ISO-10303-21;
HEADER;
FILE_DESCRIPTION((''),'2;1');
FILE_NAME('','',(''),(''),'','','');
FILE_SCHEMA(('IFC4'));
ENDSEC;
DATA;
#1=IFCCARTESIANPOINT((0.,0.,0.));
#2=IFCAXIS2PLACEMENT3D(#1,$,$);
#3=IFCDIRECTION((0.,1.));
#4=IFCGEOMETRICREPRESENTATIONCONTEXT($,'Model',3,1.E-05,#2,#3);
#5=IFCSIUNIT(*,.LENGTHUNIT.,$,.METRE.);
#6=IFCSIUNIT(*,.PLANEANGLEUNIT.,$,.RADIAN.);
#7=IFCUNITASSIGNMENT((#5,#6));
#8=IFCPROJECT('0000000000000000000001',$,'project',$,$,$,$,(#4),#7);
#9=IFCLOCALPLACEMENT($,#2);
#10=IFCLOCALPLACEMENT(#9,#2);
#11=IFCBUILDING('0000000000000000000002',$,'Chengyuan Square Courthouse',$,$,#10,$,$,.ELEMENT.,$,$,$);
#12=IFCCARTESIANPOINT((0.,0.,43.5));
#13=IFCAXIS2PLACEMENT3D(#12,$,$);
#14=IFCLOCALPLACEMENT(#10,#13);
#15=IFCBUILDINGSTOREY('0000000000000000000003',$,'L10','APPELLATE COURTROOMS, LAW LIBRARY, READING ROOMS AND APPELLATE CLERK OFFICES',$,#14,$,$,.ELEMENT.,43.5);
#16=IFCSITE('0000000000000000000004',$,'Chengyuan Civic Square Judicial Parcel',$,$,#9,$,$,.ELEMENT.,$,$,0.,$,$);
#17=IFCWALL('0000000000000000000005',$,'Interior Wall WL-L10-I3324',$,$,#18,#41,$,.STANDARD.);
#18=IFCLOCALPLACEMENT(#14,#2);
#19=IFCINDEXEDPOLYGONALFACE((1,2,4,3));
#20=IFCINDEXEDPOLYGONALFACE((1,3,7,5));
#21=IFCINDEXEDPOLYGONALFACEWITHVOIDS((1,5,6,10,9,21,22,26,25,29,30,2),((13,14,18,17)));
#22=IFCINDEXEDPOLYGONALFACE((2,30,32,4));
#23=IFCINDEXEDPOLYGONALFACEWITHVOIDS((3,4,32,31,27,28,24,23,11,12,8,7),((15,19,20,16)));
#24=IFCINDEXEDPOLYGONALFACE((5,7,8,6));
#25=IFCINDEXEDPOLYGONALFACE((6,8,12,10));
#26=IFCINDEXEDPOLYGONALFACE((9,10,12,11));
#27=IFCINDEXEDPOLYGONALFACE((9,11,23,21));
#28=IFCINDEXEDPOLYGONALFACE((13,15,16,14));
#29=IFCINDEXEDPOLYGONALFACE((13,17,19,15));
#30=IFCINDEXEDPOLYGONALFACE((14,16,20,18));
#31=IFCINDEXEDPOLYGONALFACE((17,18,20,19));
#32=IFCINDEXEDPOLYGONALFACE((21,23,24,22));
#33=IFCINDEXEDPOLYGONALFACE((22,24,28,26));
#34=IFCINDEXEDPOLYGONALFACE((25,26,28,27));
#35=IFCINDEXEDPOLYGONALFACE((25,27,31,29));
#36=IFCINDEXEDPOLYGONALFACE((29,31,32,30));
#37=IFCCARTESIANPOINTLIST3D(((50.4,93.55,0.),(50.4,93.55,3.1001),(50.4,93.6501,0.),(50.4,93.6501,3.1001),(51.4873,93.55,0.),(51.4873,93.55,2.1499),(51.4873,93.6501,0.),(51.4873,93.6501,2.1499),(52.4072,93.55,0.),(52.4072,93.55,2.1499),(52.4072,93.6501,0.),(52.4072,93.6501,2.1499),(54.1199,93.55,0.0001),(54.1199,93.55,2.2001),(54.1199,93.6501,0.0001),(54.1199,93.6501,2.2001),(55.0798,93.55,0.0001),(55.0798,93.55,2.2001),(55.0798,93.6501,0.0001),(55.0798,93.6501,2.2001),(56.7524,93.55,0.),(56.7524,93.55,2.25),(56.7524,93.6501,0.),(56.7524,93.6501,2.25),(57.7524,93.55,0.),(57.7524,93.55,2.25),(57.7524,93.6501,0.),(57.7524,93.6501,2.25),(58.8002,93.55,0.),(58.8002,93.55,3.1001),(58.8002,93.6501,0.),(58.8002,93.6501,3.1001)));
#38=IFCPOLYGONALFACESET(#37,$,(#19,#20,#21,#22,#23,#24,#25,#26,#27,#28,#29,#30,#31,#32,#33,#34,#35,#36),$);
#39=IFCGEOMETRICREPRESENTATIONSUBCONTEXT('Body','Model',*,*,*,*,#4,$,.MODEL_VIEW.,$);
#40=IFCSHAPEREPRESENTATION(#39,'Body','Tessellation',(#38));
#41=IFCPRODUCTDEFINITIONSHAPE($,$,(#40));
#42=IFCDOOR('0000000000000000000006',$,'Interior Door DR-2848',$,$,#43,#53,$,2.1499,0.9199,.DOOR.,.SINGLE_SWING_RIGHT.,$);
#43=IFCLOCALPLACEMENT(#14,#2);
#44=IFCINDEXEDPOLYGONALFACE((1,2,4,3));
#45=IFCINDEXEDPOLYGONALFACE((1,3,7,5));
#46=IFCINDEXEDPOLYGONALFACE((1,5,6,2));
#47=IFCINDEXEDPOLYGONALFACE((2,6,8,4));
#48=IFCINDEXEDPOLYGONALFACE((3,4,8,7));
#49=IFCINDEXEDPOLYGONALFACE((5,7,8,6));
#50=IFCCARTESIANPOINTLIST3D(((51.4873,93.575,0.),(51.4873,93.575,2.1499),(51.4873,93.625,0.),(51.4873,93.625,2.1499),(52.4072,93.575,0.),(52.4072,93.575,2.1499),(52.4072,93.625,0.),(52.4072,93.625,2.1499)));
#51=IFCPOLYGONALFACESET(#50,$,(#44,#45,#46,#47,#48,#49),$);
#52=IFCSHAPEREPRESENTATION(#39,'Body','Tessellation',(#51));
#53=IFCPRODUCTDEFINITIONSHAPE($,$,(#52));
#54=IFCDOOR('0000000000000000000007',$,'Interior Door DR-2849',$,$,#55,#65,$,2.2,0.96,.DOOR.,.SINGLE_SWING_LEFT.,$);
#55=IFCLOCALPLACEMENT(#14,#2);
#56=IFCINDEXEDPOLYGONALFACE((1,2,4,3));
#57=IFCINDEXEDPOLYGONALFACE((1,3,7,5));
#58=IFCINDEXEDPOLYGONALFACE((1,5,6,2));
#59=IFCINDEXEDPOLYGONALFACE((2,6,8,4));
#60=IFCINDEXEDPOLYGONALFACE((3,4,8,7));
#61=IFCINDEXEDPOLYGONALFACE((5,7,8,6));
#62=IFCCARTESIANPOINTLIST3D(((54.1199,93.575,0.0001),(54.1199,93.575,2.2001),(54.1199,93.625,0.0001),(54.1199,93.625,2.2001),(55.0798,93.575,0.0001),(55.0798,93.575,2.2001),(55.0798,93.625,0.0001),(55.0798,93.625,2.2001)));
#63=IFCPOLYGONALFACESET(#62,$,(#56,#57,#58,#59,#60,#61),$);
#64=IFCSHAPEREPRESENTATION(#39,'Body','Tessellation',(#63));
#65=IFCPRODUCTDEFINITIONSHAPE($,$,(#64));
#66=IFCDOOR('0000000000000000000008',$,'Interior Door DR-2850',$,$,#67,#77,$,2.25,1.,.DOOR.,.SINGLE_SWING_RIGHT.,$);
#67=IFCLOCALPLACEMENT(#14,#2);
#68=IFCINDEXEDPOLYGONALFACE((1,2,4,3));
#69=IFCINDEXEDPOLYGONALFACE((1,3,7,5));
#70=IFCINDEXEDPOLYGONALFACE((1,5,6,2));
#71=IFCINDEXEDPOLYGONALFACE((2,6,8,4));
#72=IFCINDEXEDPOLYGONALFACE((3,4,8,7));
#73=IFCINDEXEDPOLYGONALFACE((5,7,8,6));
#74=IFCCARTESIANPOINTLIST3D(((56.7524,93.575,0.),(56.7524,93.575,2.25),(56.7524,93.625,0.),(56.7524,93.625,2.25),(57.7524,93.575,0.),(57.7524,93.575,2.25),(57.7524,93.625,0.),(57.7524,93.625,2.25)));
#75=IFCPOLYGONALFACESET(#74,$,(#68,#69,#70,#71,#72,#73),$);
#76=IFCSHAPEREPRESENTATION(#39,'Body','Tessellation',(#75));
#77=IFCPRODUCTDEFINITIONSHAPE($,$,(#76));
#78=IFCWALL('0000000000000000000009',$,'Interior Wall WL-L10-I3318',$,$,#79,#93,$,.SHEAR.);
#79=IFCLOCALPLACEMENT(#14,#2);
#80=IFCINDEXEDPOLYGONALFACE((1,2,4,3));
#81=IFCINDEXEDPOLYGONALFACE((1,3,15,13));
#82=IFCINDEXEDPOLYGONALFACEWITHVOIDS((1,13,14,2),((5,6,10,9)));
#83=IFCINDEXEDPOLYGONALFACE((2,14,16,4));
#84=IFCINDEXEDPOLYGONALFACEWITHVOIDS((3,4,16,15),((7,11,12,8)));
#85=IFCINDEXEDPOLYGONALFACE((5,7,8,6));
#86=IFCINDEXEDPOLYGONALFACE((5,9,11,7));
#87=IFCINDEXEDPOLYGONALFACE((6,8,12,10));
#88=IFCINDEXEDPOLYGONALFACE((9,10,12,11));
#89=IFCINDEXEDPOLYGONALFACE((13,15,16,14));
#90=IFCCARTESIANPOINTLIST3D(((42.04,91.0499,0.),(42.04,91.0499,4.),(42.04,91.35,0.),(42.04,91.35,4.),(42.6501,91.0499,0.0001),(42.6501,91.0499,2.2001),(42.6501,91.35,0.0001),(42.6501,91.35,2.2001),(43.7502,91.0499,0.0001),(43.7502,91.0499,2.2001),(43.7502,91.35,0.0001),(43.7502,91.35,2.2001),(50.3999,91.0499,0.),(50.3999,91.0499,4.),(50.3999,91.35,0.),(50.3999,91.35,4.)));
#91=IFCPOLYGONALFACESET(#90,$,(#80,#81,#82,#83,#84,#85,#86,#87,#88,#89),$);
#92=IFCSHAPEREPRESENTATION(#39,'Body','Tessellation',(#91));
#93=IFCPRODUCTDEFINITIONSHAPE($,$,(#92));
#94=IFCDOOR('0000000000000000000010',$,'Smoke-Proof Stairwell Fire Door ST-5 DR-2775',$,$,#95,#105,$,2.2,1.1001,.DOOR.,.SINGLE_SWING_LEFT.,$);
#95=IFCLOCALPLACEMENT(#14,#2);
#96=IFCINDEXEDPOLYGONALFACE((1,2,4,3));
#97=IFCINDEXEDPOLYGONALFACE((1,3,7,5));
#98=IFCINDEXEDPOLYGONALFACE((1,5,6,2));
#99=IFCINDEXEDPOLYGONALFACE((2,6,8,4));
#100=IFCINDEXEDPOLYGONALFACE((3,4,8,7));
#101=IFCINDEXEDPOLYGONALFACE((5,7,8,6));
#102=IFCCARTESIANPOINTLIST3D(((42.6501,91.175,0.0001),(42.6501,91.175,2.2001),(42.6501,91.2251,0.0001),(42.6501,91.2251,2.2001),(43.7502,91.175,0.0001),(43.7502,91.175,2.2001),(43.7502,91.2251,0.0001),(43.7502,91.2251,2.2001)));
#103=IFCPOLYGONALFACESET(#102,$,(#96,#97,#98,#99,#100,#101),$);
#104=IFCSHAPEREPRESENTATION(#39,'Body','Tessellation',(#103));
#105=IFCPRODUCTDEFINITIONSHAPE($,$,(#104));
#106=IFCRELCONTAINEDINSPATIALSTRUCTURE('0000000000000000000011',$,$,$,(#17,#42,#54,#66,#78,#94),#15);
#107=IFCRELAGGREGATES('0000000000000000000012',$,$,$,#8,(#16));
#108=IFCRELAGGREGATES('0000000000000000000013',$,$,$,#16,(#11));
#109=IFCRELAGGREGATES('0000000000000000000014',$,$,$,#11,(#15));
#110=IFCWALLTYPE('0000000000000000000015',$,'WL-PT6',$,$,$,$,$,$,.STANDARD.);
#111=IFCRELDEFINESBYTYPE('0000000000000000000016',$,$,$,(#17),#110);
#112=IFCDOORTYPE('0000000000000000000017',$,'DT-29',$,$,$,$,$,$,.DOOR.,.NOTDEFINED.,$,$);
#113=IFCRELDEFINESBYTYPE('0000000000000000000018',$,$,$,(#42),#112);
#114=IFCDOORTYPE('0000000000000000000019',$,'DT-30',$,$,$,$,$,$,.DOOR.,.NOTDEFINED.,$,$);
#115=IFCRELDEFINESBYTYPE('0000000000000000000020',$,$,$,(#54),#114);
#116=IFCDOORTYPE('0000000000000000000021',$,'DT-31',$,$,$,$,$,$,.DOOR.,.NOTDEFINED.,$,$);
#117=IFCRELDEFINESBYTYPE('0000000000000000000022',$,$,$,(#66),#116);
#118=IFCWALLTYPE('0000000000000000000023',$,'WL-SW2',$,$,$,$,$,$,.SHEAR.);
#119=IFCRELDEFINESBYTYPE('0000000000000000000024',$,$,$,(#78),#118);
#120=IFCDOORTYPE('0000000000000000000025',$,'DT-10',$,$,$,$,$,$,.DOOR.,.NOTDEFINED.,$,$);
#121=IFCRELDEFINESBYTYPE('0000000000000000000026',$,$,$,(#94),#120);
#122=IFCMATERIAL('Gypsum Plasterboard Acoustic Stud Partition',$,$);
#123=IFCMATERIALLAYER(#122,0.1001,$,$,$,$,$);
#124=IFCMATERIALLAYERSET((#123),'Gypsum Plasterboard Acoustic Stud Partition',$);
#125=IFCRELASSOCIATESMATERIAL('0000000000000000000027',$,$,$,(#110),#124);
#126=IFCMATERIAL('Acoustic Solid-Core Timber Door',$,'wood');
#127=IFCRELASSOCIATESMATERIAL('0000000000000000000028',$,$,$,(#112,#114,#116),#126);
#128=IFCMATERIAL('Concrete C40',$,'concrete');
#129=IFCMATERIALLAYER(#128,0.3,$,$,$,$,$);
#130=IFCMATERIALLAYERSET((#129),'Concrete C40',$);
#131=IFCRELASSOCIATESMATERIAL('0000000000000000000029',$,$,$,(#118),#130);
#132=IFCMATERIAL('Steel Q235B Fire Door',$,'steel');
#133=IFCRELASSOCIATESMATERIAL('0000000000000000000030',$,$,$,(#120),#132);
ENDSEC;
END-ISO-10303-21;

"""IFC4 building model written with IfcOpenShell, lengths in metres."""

from ifc_helpers import new_model, si_unit, direction, frame, frame_2d, origin, place, context, subcontext, project, spatial, rectangle, extrude, material, layer, layer_set, type_object, element, fill, save


model = new_model("IFC4")

# Units and contexts
model_context = context("Model", 3, precision=1e-05, world=origin(), true_north=direction((0.0, 1.0)))
body_context = subcontext(model_context, "Body", "Model", "MODEL_VIEW")
ifc_project = project(units=[si_unit("LENGTHUNIT", "METRE"), si_unit("PLANEANGLEUNIT", "RADIAN")], contexts=[model_context])

# Site, building, storey
site_placement = place(None, origin())
site = spatial("IfcSite", under=ifc_project, at=site_placement, Name="Chengyuan Civic Square Judicial Parcel", CompositionType="ELEMENT", RefElevation=0.0)
building_placement = place(site_placement, origin())
building = spatial("IfcBuilding", under=site, at=building_placement, Name="Chengyuan Square Courthouse", CompositionType="ELEMENT")
storey_placement = place(building_placement, frame((0.0, 0.0, 43.5)))
storey = spatial("IfcBuildingStorey", under=building, at=storey_placement, Name="L10", Description="APPELLATE COURTROOMS, LAW LIBRARY, READING ROOMS AND APPELLATE CLERK OFFICES", CompositionType="ELEMENT", Elevation=43.5)

# Shared definitions
ifc_material_1 = material(Name="Concrete C40", Category="concrete")

# Wall, openings, doors
ifc_material_2 = material(Name="Steel Q235B Fire Door", Category="steel")
ifc_material_3 = material(Name="Gypsum Plasterboard Acoustic Stud Partition")
ifc_layer_1 = layer(ifc_material_3, 0.1001)
ifc_layer_set_1 = layer_set([ifc_layer_1], Name="Gypsum Plasterboard Acoustic Stud Partition")
wall_type_1 = type_object("IfcWallType", Name="WL-PT6", PredefinedType="STANDARD", material=ifc_layer_set_1)
wall_1_placement = place(storey_placement, frame((50.3999, 93.6001, 0.0), z_axis=(0.0, 0.0, 1.0), x_axis=(1.0, 0.0, 0.0)))
wall_1 = element("IfcWall", 1, at=wall_1_placement, inside=storey, type_object=wall_type_1, Name="Interior Wall WL-L10-I3324", PredefinedType="STANDARD", context=body_context, shape_type="SweptSolid", body=[
    extrude(rectangle(XDim=8.4001, YDim=0.1001, at=frame_2d((4.2002, 0.0))), origin(), (0.0, 0.0, 1.0), 3.1001),
])
opening_1_placement = place(wall_1_placement, frame((1.0874, 0.0, 0.0)))
opening_1 = element("IfcOpeningElement", 2, at=opening_1_placement, cuts=wall_1, PredefinedType="OPENING", context=body_context, shape_type="SweptSolid", body=[
    extrude(rectangle(XDim=0.9199, YDim=2.1499, at=frame_2d((0.46, 1.075))), frame((0.0, 0.062, 0.0), z_axis=(0.0, -1.0, 0.0), x_axis=(1.0, 0.0, 0.0)), (0.0, 0.0, 1.0), 0.124),
])
opening_2_placement = place(wall_1_placement, frame((3.72, 0.0, 0.0)))
opening_2 = element("IfcOpeningElement", 3, at=opening_2_placement, cuts=wall_1, PredefinedType="OPENING", context=body_context, shape_type="SweptSolid", body=[
    extrude(rectangle(XDim=0.96, YDim=2.2, at=frame_2d((0.48, 1.1001))), frame((0.0, 0.062, 0.0), z_axis=(0.0, -1.0, 0.0), x_axis=(1.0, 0.0, 0.0)), (0.0, 0.0, 1.0), 0.124),
])
opening_3_placement = place(wall_1_placement, frame((6.3525, 0.0, 0.0)))
opening_3 = element("IfcOpeningElement", 4, at=opening_3_placement, cuts=wall_1, PredefinedType="OPENING", context=body_context, shape_type="SweptSolid", body=[
    extrude(rectangle(XDim=1.0, YDim=2.25, at=frame_2d((0.5, 1.125))), frame((0.0, 0.062, 0.0), z_axis=(0.0, -1.0, 0.0), x_axis=(1.0, 0.0, 0.0)), (0.0, 0.0, 1.0), 0.124),
])
ifc_material_4 = material(Name="Acoustic Solid-Core Timber Door", Category="wood")
door_type_1 = type_object("IfcDoorType", Name="DT-29", OperationType="NOTDEFINED", PredefinedType="DOOR", material=ifc_material_4)
door_1_placement = place(opening_1_placement, origin())
door_1 = element("IfcDoor", 5, at=door_1_placement, inside=storey, type_object=door_type_1, Name="Interior Door DR-2848", OperationType="SINGLE_SWING_RIGHT", OverallHeight=2.1499, OverallWidth=0.9199, PredefinedType="DOOR", context=body_context, shape_type="SweptSolid", body=[
    extrude(rectangle(XDim=0.9199, YDim=2.1499, at=frame_2d((0.46, 1.075))), frame((0.0, 0.0249, 0.0), z_axis=(0.0, -1.0, 0.0), x_axis=(1.0, 0.0, 0.0)), (0.0, 0.0, 1.0), 0.05),
])
fill(opening_1, door_1)
door_type_2 = type_object("IfcDoorType", Name="DT-30", OperationType="NOTDEFINED", PredefinedType="DOOR", material=ifc_material_4)
door_2_placement = place(opening_2_placement, origin())
door_2 = element("IfcDoor", 6, at=door_2_placement, inside=storey, type_object=door_type_2, Name="Interior Door DR-2849", OperationType="SINGLE_SWING_LEFT", OverallHeight=2.2, OverallWidth=0.96, PredefinedType="DOOR", context=body_context, shape_type="SweptSolid", body=[
    extrude(rectangle(XDim=0.96, YDim=2.2, at=frame_2d((0.48, 1.1001))), frame((0.0, 0.0249, 0.0), z_axis=(0.0, -1.0, 0.0), x_axis=(1.0, 0.0, 0.0)), (0.0, 0.0, 1.0), 0.05),
])
fill(opening_2, door_2)
door_type_3 = type_object("IfcDoorType", Name="DT-31", OperationType="NOTDEFINED", PredefinedType="DOOR", material=ifc_material_4)
door_3_placement = place(opening_3_placement, origin())
door_3 = element("IfcDoor", 7, at=door_3_placement, inside=storey, type_object=door_type_3, Name="Interior Door DR-2850", OperationType="SINGLE_SWING_RIGHT", OverallHeight=2.25, OverallWidth=1.0, PredefinedType="DOOR", context=body_context, shape_type="SweptSolid", body=[
    extrude(rectangle(XDim=1.0, YDim=2.25, at=frame_2d((0.5, 1.125))), frame((0.0, 0.0249, 0.0), z_axis=(0.0, -1.0, 0.0), x_axis=(1.0, 0.0, 0.0)), (0.0, 0.0, 1.0), 0.05),
])
fill(opening_3, door_3)

# Wall, opening, door
ifc_layer_2 = layer(ifc_material_1, 0.3)
ifc_layer_set_2 = layer_set([ifc_layer_2], Name="Concrete C40")
wall_type_2 = type_object("IfcWallType", Name="WL-SW2", PredefinedType="SHEAR", material=ifc_layer_set_2)
wall_2_placement = place(storey_placement, frame((42.04, 91.2, 0.0), z_axis=(0.0, 0.0, 1.0), x_axis=(1.0, 0.0, 0.0)))
wall_2 = element("IfcWall", 8, at=wall_2_placement, inside=storey, type_object=wall_type_2, Name="Interior Wall WL-L10-I3318", PredefinedType="SHEAR", context=body_context, shape_type="SweptSolid", body=[
    extrude(rectangle(XDim=8.3599, YDim=0.3, at=frame_2d((4.1799, 0.0))), origin(), (0.0, 0.0, 1.0), 4.0),
])
opening_4_placement = place(wall_2_placement, frame((0.6101, 0.0, 0.0)))
opening_4 = element("IfcOpeningElement", 9, at=opening_4_placement, cuts=wall_2, PredefinedType="OPENING", context=body_context, shape_type="SweptSolid", body=[
    extrude(rectangle(XDim=1.1001, YDim=2.2, at=frame_2d((0.55, 1.1001))), frame((0.0, 0.1621, 0.0), z_axis=(0.0, -1.0, 0.0), x_axis=(1.0, 0.0, 0.0)), (0.0, 0.0, 1.0), 0.324),
])
door_type_4 = type_object("IfcDoorType", Name="DT-10", OperationType="NOTDEFINED", PredefinedType="DOOR", material=ifc_material_2)
door_4_placement = place(opening_4_placement, frame((1.1001, 0.0, 0.0), z_axis=(0.0, 0.0, 1.0), x_axis=(-1.0, 0.0, 0.0)))
door_4 = element("IfcDoor", 10, at=door_4_placement, inside=storey, type_object=door_type_4, Name="Smoke-Proof Stairwell Fire Door ST-5 DR-2775", OperationType="SINGLE_SWING_LEFT", OverallHeight=2.2, OverallWidth=1.1001, PredefinedType="DOOR", context=body_context, shape_type="SweptSolid", body=[
    extrude(rectangle(XDim=1.1001, YDim=2.2, at=frame_2d((0.55, 1.1001))), frame((0.0, 0.0249, 0.0), z_axis=(0.0, -1.0, 0.0), x_axis=(1.0, 0.0, 0.0)), (0.0, 0.0, 1.0), 0.05),
])
fill(opening_4, door_4)

save(model, "model.ifc")
